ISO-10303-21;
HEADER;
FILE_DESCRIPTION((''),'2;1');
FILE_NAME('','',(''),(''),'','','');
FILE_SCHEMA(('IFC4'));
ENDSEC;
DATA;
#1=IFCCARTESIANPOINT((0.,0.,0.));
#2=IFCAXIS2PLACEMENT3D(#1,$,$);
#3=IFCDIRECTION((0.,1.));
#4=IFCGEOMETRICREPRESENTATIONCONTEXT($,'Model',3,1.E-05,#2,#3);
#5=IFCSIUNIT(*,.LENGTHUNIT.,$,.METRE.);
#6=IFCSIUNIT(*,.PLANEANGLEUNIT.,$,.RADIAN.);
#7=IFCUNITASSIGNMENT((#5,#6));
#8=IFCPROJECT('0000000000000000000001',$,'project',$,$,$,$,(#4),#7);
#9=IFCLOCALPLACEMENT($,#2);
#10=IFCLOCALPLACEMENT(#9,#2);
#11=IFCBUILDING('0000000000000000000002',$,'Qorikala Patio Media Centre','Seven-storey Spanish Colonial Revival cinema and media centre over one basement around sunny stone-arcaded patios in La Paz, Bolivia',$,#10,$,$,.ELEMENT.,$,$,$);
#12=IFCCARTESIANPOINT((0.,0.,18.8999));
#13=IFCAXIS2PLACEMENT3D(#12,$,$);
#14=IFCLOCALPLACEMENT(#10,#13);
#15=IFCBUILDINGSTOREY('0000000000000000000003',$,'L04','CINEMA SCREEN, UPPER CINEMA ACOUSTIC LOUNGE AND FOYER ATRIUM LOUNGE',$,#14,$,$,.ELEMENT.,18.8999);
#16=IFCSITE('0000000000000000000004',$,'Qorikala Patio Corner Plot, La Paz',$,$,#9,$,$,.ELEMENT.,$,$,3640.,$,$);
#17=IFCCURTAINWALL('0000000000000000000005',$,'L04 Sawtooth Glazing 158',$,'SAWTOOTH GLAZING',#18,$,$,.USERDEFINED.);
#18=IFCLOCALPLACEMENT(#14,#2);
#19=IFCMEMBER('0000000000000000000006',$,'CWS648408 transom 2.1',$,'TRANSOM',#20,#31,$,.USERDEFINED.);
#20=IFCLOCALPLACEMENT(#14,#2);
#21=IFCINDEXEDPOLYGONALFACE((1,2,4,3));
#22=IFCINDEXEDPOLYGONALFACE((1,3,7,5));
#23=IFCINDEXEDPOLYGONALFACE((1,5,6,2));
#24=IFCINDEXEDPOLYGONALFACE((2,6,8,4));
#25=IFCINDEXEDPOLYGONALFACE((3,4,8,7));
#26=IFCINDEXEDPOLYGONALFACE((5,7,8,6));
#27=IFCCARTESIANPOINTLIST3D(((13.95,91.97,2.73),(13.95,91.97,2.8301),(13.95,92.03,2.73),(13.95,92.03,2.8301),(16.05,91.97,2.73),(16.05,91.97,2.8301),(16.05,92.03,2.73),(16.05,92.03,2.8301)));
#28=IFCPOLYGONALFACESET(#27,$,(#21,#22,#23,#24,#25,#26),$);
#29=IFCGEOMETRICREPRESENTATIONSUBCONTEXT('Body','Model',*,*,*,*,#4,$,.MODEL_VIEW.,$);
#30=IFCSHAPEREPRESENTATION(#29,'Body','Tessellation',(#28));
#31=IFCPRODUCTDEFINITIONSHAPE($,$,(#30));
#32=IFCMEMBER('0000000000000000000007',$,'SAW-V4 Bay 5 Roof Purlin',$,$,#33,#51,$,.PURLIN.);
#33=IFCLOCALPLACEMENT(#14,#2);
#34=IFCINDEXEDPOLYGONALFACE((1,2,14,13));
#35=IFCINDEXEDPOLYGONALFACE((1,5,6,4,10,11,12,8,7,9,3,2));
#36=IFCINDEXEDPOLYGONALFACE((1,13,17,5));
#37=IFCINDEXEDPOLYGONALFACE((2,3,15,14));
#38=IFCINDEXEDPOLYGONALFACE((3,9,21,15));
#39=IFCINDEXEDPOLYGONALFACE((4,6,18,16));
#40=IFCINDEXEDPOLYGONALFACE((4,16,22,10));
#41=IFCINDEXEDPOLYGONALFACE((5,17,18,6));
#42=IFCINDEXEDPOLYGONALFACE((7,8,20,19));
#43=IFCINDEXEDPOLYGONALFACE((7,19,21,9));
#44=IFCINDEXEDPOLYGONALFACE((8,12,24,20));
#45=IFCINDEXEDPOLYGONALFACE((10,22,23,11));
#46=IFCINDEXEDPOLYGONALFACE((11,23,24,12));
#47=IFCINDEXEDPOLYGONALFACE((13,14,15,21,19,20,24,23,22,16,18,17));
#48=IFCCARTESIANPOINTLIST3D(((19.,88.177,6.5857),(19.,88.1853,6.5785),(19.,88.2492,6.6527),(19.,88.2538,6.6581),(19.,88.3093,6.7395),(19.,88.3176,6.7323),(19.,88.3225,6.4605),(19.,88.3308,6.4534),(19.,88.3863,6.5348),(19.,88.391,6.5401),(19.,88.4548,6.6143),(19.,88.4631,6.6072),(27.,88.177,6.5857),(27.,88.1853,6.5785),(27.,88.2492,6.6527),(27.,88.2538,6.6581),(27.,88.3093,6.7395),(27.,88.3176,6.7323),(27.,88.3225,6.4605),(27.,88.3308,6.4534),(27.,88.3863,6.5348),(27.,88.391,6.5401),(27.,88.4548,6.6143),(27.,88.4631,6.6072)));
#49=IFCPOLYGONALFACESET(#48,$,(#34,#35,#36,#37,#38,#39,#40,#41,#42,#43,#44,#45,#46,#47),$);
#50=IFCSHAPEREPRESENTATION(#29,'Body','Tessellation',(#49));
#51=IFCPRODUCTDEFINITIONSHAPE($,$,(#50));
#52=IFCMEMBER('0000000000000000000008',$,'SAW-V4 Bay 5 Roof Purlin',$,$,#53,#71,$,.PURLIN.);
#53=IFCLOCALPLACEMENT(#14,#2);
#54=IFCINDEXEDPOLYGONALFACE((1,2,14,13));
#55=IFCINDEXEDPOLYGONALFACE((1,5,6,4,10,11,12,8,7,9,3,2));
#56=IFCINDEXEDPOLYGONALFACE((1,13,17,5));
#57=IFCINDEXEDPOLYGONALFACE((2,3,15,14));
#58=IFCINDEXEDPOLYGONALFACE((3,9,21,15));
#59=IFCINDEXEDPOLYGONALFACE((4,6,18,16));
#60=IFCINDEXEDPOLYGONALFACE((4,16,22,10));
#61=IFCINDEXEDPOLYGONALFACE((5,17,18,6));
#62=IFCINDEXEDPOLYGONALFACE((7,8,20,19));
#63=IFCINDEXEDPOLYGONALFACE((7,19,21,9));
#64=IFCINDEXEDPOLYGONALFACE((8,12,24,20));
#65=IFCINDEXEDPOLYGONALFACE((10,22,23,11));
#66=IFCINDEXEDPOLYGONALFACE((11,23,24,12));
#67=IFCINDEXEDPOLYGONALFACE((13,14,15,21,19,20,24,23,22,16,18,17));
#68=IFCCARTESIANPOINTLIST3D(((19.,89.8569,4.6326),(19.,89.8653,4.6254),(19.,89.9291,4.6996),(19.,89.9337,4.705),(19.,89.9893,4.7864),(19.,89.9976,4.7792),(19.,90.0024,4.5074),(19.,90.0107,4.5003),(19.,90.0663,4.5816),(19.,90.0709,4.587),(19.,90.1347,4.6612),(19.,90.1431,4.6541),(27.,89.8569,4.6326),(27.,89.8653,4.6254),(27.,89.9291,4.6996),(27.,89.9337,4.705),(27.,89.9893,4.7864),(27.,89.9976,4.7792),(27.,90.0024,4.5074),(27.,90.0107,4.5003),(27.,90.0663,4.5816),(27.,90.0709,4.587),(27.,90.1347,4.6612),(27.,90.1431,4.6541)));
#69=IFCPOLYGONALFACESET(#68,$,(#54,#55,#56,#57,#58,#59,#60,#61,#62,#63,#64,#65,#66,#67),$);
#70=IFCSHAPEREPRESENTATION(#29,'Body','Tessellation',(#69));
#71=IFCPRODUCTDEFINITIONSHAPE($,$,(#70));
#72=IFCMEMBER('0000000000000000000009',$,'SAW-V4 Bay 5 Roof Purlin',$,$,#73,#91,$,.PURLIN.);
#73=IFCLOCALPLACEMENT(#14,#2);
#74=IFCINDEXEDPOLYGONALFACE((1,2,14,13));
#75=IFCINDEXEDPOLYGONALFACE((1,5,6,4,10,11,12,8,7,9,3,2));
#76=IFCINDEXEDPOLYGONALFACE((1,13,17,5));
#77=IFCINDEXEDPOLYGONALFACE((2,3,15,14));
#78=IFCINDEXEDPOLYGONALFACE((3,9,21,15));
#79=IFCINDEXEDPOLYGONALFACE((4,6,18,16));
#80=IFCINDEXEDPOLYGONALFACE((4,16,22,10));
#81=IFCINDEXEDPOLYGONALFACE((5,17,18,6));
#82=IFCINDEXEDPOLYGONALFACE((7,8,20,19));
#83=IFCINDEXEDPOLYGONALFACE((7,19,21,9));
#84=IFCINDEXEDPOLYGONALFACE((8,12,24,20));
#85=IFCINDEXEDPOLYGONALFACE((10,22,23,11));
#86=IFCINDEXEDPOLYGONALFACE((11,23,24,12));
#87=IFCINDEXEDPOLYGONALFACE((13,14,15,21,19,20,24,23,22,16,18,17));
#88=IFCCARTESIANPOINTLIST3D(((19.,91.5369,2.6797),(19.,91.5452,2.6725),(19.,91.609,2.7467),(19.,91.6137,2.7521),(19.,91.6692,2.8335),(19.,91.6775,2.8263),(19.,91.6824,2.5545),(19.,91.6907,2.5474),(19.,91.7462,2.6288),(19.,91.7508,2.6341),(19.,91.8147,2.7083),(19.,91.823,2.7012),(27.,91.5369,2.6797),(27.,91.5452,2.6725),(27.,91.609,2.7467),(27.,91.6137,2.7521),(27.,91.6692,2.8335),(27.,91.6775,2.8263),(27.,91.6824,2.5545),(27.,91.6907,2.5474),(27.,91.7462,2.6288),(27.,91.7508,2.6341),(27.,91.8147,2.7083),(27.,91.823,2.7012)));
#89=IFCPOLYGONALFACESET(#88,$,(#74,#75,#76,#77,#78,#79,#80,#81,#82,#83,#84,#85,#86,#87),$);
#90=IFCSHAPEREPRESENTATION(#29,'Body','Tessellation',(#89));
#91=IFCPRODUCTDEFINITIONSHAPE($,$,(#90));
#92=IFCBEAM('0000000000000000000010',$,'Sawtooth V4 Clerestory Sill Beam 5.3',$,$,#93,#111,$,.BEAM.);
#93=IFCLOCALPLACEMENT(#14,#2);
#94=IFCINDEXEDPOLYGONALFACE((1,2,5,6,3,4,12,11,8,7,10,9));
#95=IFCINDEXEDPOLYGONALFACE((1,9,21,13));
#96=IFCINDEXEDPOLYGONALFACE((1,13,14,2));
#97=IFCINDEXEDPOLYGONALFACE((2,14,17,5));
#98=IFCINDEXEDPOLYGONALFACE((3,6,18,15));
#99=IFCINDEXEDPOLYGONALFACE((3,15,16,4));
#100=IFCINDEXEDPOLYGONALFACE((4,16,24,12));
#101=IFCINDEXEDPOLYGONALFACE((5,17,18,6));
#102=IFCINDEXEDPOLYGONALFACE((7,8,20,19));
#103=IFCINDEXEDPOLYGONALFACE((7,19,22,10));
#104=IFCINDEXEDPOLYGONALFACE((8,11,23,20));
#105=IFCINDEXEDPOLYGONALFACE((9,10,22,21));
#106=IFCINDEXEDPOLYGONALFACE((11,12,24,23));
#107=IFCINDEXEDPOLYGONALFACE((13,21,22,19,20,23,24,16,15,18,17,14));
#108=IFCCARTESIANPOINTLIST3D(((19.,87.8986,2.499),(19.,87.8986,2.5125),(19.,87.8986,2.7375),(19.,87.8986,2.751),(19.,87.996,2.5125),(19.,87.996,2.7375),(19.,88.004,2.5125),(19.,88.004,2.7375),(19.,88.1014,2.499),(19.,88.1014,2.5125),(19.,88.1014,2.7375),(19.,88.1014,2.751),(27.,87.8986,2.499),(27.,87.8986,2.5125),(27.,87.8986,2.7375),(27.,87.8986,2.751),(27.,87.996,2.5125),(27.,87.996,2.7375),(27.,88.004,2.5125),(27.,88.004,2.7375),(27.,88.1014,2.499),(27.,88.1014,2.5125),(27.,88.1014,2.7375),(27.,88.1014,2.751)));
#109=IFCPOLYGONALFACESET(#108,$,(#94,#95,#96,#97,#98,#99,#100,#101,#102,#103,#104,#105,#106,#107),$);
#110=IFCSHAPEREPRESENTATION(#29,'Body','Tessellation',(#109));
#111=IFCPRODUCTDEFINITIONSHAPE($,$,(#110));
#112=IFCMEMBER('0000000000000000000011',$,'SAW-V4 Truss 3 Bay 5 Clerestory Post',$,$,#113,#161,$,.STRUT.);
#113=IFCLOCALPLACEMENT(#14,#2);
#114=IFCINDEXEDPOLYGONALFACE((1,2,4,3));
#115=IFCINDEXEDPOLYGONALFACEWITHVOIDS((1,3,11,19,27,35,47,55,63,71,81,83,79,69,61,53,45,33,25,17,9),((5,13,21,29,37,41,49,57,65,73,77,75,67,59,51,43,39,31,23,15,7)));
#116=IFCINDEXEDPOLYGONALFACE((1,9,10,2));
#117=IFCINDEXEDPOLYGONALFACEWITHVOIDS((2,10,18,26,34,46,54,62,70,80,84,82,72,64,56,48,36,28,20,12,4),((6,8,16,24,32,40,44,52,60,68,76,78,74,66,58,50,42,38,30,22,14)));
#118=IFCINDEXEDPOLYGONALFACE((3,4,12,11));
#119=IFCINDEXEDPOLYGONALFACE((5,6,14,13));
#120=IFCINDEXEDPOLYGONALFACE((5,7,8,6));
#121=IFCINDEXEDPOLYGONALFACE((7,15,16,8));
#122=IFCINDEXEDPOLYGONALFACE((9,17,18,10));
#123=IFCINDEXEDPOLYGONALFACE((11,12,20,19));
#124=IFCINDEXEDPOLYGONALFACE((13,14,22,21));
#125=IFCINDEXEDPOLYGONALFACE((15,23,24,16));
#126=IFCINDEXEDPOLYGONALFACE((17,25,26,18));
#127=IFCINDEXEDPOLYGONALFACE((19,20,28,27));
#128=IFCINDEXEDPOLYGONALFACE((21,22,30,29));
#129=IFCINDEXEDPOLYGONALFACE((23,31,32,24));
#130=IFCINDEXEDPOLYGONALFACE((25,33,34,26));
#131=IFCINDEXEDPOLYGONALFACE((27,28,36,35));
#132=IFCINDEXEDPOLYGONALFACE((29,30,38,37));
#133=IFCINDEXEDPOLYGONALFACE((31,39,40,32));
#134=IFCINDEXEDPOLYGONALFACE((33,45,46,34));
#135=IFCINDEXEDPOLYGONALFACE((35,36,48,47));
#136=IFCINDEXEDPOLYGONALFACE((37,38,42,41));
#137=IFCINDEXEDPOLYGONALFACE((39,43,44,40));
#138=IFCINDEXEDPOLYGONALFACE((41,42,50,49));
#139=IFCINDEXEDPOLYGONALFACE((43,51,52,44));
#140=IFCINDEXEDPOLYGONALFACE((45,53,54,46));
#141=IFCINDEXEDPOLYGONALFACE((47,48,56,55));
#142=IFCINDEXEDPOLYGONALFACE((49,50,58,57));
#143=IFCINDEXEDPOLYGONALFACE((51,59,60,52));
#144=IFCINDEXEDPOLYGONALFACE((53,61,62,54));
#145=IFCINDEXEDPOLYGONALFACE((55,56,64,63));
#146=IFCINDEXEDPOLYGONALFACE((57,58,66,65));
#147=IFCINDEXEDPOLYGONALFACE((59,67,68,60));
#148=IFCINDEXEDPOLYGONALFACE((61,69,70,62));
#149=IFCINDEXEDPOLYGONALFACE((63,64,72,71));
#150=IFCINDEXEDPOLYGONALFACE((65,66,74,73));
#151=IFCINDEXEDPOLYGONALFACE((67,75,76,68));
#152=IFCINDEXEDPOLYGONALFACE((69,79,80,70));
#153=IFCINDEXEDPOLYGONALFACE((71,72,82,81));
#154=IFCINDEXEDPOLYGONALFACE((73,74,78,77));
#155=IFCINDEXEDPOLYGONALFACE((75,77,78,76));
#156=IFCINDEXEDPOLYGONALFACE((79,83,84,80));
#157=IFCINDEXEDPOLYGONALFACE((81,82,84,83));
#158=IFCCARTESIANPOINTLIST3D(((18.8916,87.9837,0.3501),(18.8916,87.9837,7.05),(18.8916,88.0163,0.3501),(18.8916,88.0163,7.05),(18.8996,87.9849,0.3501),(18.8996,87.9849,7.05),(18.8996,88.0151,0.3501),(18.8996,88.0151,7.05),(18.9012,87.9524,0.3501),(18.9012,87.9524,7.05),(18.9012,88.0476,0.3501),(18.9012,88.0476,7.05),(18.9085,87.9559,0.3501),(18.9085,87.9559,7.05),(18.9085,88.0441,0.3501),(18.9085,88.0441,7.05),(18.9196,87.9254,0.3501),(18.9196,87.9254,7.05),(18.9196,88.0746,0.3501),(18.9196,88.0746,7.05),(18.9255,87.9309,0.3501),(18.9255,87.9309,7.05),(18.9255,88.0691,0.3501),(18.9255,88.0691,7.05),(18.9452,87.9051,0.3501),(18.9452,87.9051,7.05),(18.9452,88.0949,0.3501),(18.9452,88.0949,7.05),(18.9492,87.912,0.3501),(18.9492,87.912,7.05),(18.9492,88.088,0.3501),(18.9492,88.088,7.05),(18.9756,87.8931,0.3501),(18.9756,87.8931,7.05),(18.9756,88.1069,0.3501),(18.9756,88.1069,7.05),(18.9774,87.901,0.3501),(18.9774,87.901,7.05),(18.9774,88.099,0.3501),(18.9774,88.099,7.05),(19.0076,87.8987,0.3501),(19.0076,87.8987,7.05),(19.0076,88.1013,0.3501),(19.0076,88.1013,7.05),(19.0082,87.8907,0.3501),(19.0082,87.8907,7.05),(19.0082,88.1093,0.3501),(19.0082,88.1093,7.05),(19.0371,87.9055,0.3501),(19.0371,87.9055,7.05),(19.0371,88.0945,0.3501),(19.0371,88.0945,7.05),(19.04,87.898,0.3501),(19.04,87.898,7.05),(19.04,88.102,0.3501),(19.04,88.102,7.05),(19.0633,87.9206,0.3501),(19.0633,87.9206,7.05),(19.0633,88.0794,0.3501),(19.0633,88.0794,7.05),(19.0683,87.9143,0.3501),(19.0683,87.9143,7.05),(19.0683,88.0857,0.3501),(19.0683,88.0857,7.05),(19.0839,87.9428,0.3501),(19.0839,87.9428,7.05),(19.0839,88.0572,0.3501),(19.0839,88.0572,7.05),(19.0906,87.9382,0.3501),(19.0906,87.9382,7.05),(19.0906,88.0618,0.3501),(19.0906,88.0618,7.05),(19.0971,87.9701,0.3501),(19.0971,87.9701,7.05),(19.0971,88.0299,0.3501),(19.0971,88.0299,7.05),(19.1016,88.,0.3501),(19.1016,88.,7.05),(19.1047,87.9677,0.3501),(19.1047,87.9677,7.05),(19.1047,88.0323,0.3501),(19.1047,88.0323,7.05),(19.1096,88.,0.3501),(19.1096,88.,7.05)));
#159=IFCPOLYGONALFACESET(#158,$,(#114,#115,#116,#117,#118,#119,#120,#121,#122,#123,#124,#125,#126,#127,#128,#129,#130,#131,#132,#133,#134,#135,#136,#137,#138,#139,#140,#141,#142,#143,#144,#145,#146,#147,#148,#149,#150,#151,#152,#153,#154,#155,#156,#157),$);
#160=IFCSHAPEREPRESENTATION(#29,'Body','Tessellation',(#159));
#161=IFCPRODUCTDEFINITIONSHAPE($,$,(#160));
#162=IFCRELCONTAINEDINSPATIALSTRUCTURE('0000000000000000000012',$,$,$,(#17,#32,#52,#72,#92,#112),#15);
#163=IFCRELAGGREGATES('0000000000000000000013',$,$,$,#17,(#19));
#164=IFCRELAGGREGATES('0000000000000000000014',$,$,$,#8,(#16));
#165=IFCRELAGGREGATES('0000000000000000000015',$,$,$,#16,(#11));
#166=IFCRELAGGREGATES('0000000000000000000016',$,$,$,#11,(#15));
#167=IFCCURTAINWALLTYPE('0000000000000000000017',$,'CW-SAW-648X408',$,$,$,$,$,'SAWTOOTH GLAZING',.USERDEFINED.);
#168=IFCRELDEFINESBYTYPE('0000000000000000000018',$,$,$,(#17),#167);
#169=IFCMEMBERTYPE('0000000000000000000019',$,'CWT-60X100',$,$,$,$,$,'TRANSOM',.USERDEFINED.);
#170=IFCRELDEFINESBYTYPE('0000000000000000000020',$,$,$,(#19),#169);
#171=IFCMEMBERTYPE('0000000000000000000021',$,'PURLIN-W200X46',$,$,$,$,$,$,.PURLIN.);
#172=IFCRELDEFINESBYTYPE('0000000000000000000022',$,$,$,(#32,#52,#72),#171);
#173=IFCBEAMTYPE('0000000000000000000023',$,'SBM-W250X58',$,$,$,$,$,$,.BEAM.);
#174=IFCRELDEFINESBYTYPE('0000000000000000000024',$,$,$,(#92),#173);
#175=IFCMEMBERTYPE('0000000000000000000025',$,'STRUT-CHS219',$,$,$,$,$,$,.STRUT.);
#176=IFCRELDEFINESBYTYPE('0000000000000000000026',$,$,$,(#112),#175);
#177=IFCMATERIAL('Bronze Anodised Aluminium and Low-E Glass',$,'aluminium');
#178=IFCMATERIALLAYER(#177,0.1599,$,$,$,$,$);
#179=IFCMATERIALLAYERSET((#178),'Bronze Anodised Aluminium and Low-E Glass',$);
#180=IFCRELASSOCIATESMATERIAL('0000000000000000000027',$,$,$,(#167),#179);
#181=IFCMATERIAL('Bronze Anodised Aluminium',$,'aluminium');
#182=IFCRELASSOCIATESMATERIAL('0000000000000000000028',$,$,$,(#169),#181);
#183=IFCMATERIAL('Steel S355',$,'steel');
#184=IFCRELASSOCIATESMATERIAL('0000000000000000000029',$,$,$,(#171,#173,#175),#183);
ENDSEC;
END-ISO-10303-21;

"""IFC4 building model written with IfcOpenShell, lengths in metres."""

from ifc_helpers import new_model, si_unit, direction, frame, origin, origin_2d, place, context, subcontext, project, spatial, rectangle, hollow_circle, i_section, extrude, material, layer, layer_set, material_profile, profile_set, type_object, element, aggregate, save


model = new_model("IFC4")

# Units and contexts
model_context = context("Model", 3, precision=1e-05, world=origin(), true_north=direction((0.0, 1.0)))
body_context = subcontext(model_context, "Body", "Model", "MODEL_VIEW")
ifc_project = project(units=[si_unit("LENGTHUNIT", "METRE"), si_unit("PLANEANGLEUNIT", "RADIAN")], contexts=[model_context])

# Site, building, storey
site_placement = place(None, origin())
site = spatial("IfcSite", under=ifc_project, at=site_placement, Name="Qorikala Patio Corner Plot, La Paz", CompositionType="ELEMENT", RefElevation=3640.0)
building_placement = place(site_placement, origin())
building = spatial("IfcBuilding", under=site, at=building_placement, Name="Qorikala Patio Media Centre", Description="Seven-storey Spanish Colonial Revival cinema and media centre over one basement around sunny stone-arcaded patios in La Paz, Bolivia", CompositionType="ELEMENT")
storey_placement = place(building_placement, frame((0.0, 0.0, 18.8999)))
storey = spatial("IfcBuildingStorey", under=building, at=storey_placement, Name="L04", Description="CINEMA SCREEN, UPPER CINEMA ACOUSTIC LOUNGE AND FOYER ATRIUM LOUNGE", CompositionType="ELEMENT", Elevation=18.8999)

# Shared definitions
ifc_material_1 = material(Name="Steel S355", Category="steel")

# Shared definitions
ifc_material_2 = material(Name="Bronze Anodised Aluminium and Low-E Glass", Category="aluminium")
ifc_material_3 = material(Name="Bronze Anodised Aluminium", Category="aluminium")

# Curtain wall
ifc_layer_1 = layer(ifc_material_2, 0.1599)
ifc_layer_set_1 = layer_set([ifc_layer_1], Name="Bronze Anodised Aluminium and Low-E Glass")
curtain_wall_type_1 = type_object("IfcCurtainWallType", Name="CW-SAW-648X408", ElementType="SAWTOOTH GLAZING", PredefinedType="USERDEFINED", material=ifc_layer_set_1)
curtain_wall_1_placement = place(storey_placement, origin())
curtain_wall_1 = element("IfcCurtainWall", 1, at=curtain_wall_1_placement, inside=storey, type_object=curtain_wall_type_1, Name="L04 Sawtooth Glazing 158", ObjectType="SAWTOOTH GLAZING", PredefinedType="USERDEFINED")

# Member
ifc_material_profile_1 = material_profile(ifc_material_3, rectangle(XDim=0.0601, YDim=0.1001, at=origin_2d()), Name="ALU TRANSOM 60x100")
ifc_profile_set_1 = profile_set([ifc_material_profile_1], Name="Bronze Anodised Aluminium")
member_type_1 = type_object("IfcMemberType", Name="CWT-60X100", ElementType="TRANSOM", PredefinedType="USERDEFINED", material=ifc_profile_set_1)
member_1_placement = place(storey_placement, frame((13.95, 92.0, 2.78), z_axis=(1.0, 0.0, 0.0), x_axis=(0.0, 1.0, 0.0)))
member_1 = element("IfcMember", 2, at=member_1_placement, type_object=member_type_1, Name="CWS648408 transom 2.1", ObjectType="TRANSOM", PredefinedType="USERDEFINED", context=body_context, shape_type="SweptSolid", body=[
    extrude(rectangle(XDim=0.0601, YDim=0.1001, at=origin_2d()), origin(), (0.0, 0.0, 1.0), 2.1001),
])
aggregate(curtain_wall_1, [member_1])

# Members
ifc_material_profile_2 = material_profile(ifc_material_1, i_section(OverallWidth=0.2029, OverallDepth=0.2029, WebThickness=0.0071, FlangeThickness=0.011, at=origin_2d()), Name="W200X46")
ifc_profile_set_2 = profile_set([ifc_material_profile_2], Name="Steel S355")
member_type_2 = type_object("IfcMemberType", Name="PURLIN-W200X46", PredefinedType="PURLIN", material=ifc_profile_set_2)
for number, where, z_axis, x_axis, name in (
    (3, (19.0, 88.3201, 6.5964), (1.0, 0.0, 0.0), (0.0, 0.652138, 0.7581), "SAW-V4 Bay 5 Roof Purlin"),
    (4, (19.0, 90.0, 4.6433), (1.0, 0.0, 0.0), (0.0, 0.652138, 0.7581), "SAW-V4 Bay 5 Roof Purlin"),
    (5, (19.0, 91.6799, 2.6904), (1.0, 0.0, 0.0), (0.0, 0.652138, 0.7581), "SAW-V4 Bay 5 Roof Purlin"),
):
    element("IfcMember", number, at=place(storey_placement, frame(where, z_axis=z_axis, x_axis=x_axis)), inside=storey, type_object=member_type_2, Name=name, PredefinedType="PURLIN", context=body_context, shape_type="SweptSolid", body=[
        extrude(i_section(OverallWidth=0.2029, OverallDepth=0.2029, WebThickness=0.0071, FlangeThickness=0.011, at=origin_2d()), origin(), (0.0, 0.0, 1.0), 8.0),
    ])

# Beam
ifc_material_profile_3 = material_profile(ifc_material_1, i_section(OverallWidth=0.2029, OverallDepth=0.252, WebThickness=0.0081, FlangeThickness=0.0134, at=origin_2d()), Name="W250X58")
ifc_profile_set_3 = profile_set([ifc_material_profile_3], Name="Steel S355")
beam_type = type_object("IfcBeamType", Name="SBM-W250X58", PredefinedType="BEAM", material=ifc_profile_set_3)
beam_placement = place(storey_placement, frame((19.0, 88.0, 2.625), z_axis=(1.0, 0.0, 0.0), x_axis=(0.0, 1.0, 0.0)))
element("IfcBeam", 6, at=beam_placement, inside=storey, type_object=beam_type, Name="Sawtooth V4 Clerestory Sill Beam 5.3", PredefinedType="BEAM", context=body_context, shape_type="SweptSolid", body=[
    extrude(i_section(OverallWidth=0.2029, OverallDepth=0.252, WebThickness=0.0081, FlangeThickness=0.0134, at=origin_2d()), origin(), (0.0, 0.0, 1.0), 8.0),
])

# Member
ifc_material_profile_4 = material_profile(ifc_material_1, hollow_circle(Radius=0.1096, WallThickness=0.0081, at=origin_2d()), Name="CHS219X8")
ifc_profile_set_4 = profile_set([ifc_material_profile_4], Name="Steel S355")
member_type_3 = type_object("IfcMemberType", Name="STRUT-CHS219", PredefinedType="STRUT", material=ifc_profile_set_4)
member_2_placement = place(storey_placement, frame((19.0, 88.0, 0.3501), z_axis=(0.0, 0.0, 1.0), x_axis=(1.0, 0.0, 0.0)))
element("IfcMember", 7, at=member_2_placement, inside=storey, type_object=member_type_3, Name="SAW-V4 Truss 3 Bay 5 Clerestory Post", PredefinedType="STRUT", context=body_context, shape_type="SweptSolid", body=[
    extrude(hollow_circle(Radius=0.1096, WallThickness=0.0081, at=origin_2d()), origin(), (0.0, 0.0, 1.0), 6.7),
])

save(model, "model.ifc")
